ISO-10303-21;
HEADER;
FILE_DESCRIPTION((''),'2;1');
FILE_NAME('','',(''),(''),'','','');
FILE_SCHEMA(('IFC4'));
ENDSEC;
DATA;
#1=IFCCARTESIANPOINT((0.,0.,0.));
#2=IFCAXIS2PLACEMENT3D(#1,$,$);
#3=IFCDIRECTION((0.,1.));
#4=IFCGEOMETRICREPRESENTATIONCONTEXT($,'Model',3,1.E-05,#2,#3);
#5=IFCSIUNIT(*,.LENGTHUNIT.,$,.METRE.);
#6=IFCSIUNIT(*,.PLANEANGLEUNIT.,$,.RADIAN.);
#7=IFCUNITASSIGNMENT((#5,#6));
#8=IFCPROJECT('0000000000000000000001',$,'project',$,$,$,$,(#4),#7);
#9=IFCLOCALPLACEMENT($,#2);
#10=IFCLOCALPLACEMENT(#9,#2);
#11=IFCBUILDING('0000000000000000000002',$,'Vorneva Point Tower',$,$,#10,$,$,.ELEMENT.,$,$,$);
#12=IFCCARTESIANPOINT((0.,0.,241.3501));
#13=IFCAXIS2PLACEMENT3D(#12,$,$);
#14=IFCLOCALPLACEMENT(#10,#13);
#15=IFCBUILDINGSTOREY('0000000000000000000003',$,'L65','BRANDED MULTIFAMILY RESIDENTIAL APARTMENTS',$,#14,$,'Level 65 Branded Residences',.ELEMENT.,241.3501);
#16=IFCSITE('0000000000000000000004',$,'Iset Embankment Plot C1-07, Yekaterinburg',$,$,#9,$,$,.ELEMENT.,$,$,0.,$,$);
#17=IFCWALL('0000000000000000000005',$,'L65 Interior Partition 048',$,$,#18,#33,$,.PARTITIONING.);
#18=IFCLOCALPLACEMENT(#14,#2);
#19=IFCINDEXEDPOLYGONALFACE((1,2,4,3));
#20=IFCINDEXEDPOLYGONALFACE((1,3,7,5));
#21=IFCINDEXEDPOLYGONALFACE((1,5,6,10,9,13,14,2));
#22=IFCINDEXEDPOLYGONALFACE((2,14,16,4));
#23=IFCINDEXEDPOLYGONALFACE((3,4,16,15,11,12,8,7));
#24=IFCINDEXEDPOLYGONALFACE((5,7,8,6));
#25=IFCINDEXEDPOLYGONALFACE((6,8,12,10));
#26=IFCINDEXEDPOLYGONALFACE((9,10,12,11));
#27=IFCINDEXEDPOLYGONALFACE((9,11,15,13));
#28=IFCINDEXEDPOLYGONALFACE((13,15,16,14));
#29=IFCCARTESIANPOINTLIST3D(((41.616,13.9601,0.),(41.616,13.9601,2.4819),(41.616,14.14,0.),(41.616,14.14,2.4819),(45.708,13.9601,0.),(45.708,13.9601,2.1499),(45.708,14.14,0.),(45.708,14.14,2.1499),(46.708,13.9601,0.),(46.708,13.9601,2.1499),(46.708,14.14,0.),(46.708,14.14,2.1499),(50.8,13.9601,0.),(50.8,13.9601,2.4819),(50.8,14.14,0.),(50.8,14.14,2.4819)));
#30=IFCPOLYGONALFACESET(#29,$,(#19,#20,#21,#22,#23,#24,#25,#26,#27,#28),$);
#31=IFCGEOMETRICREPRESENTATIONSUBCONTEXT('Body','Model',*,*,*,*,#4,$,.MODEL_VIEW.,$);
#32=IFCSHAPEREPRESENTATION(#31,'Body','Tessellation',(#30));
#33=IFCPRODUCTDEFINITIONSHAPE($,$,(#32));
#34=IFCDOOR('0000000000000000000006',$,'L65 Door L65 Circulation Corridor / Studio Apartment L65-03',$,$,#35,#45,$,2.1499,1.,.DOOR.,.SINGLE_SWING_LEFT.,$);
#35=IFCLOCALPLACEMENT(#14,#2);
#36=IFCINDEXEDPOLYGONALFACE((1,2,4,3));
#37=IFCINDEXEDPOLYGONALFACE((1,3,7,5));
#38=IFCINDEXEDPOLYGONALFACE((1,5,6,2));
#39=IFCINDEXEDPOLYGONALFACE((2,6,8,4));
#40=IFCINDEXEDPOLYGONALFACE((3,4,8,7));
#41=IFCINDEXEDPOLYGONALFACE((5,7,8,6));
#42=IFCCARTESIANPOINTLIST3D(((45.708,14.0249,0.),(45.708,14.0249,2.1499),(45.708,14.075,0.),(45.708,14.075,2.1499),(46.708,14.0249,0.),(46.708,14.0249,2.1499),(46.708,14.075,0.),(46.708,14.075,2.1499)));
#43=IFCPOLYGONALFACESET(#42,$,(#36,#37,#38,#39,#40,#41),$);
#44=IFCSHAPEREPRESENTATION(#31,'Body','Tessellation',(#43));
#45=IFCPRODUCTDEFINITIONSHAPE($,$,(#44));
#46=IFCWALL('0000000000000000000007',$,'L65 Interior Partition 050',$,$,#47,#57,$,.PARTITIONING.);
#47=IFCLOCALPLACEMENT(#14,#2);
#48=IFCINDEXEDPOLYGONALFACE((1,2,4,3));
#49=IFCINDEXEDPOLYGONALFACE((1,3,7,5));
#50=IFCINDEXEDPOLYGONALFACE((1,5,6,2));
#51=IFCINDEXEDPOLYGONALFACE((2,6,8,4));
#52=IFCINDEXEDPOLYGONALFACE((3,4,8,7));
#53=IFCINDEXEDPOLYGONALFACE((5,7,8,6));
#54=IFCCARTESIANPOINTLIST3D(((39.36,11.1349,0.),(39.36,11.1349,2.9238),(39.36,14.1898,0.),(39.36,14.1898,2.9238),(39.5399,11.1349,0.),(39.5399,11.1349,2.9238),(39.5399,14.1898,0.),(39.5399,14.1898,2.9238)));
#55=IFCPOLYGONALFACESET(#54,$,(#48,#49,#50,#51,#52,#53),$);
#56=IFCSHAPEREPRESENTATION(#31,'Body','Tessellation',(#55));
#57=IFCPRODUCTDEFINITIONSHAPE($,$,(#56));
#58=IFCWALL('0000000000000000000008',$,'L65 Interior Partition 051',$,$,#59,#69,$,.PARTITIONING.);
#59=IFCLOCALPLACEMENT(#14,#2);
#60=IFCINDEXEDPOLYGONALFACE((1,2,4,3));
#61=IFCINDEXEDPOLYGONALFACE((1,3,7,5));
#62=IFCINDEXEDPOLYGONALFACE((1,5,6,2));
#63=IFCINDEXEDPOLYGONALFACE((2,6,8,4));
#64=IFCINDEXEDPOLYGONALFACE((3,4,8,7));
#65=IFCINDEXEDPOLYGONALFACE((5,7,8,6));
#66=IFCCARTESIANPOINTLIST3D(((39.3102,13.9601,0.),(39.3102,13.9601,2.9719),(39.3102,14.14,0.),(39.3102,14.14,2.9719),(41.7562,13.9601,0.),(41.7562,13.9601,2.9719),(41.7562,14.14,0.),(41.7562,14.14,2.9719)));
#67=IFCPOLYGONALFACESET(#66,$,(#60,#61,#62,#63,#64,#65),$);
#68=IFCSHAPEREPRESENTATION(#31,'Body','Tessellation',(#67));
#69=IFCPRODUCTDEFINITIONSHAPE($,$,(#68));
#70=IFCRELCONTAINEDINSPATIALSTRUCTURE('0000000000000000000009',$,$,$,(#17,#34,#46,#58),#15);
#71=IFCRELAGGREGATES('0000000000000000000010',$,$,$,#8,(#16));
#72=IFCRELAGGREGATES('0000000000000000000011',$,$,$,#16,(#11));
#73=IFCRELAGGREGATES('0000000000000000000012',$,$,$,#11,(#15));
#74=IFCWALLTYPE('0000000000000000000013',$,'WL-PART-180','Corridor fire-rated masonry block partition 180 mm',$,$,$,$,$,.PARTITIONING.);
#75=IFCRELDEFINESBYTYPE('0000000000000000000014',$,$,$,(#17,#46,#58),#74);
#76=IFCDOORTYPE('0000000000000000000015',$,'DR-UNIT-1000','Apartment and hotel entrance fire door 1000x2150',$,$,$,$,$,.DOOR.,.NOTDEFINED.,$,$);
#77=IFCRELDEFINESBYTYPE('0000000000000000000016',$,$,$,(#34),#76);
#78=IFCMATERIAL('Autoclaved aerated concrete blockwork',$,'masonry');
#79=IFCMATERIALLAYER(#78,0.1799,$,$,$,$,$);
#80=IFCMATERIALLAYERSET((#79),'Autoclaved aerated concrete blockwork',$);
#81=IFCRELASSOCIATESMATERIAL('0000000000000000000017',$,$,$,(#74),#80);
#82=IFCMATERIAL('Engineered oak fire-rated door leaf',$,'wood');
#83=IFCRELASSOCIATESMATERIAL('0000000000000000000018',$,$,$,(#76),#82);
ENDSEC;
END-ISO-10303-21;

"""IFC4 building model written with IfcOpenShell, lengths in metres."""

from ifc_helpers import new_model, si_unit, direction, frame, frame_2d, origin, place, context, subcontext, project, spatial, rectangle, extrude, material, layer, layer_set, type_object, element, fill, save


model = new_model("IFC4")

# Units and contexts
model_context = context("Model", 3, precision=1e-05, world=origin(), true_north=direction((0.0, 1.0)))
body_context = subcontext(model_context, "Body", "Model", "MODEL_VIEW")
ifc_project = project(units=[si_unit("LENGTHUNIT", "METRE"), si_unit("PLANEANGLEUNIT", "RADIAN")], contexts=[model_context])

# Site, building, storey
site_placement = place(None, origin())
site = spatial("IfcSite", under=ifc_project, at=site_placement, Name="Iset Embankment Plot C1-07, Yekaterinburg", CompositionType="ELEMENT", RefElevation=0.0)
building_placement = place(site_placement, origin())
building = spatial("IfcBuilding", under=site, at=building_placement, Name="Vorneva Point Tower", CompositionType="ELEMENT")
storey_placement = place(building_placement, frame((0.0, 0.0, 241.3501)))
storey = spatial("IfcBuildingStorey", under=building, at=storey_placement, Name="L65", Description="BRANDED MULTIFAMILY RESIDENTIAL APARTMENTS", LongName="Level 65 Branded Residences", CompositionType="ELEMENT", Elevation=241.3501)

# Shared definitions
ifc_material_1 = material(Name="Engineered oak fire-rated door leaf", Category="wood")

# Shared definitions
ifc_material_2 = material(Name="Autoclaved aerated concrete blockwork", Category="masonry")
ifc_layer_1 = layer(ifc_material_2, 0.1799)
ifc_layer_set_1 = layer_set([ifc_layer_1], Name="Autoclaved aerated concrete blockwork")
wall_type_1 = type_object("IfcWallType", Name="WL-PART-180", Description="Corridor fire-rated masonry block partition 180 mm", PredefinedType="PARTITIONING", material=ifc_layer_set_1)

# Wall, opening, door
wall_1_placement = place(storey_placement, frame((41.616, 14.05, 0.0), z_axis=(0.0, 0.0, 1.0), x_axis=(1.0, 0.0, 0.0)))
wall_1 = element("IfcWall", 1, at=wall_1_placement, inside=storey, type_object=wall_type_1, Name="L65 Interior Partition 048", PredefinedType="PARTITIONING", context=body_context, shape_type="SweptSolid", body=[
    extrude(rectangle(XDim=9.1841, YDim=0.1799, at=frame_2d((4.592, 0.0))), origin(), (0.0, 0.0, 1.0), 2.4819),
])
opening_1_placement = place(wall_1_placement, frame((4.092, 0.0, 0.0)))
opening_1 = element("IfcOpeningElement", 2, at=opening_1_placement, cuts=wall_1, PredefinedType="OPENING", context=body_context, shape_type="SweptSolid", body=[
    extrude(rectangle(XDim=1.0, YDim=2.1499, at=frame_2d((0.5, 1.075))), frame((0.0, 0.105, 0.0), z_axis=(0.0, -1.0, 0.0), x_axis=(1.0, 0.0, 0.0)), (0.0, 0.0, 1.0), 0.2097),
])
door_type_1 = type_object("IfcDoorType", Name="DR-UNIT-1000", Description="Apartment and hotel entrance fire door 1000x2150", OperationType="NOTDEFINED", PredefinedType="DOOR", material=ifc_material_1)
door_1_placement = place(opening_1_placement, origin())
door_1 = element("IfcDoor", 3, at=door_1_placement, inside=storey, type_object=door_type_1, Name="L65 Door L65 Circulation Corridor / Studio Apartment L65-03", OperationType="SINGLE_SWING_LEFT", OverallHeight=2.1499, OverallWidth=1.0, PredefinedType="DOOR", context=body_context, shape_type="SweptSolid", body=[
    extrude(rectangle(XDim=1.0, YDim=2.1499, at=frame_2d((0.5, 1.075))), frame((0.0, 0.0249, 0.0), z_axis=(0.0, -1.0, 0.0), x_axis=(1.0, 0.0, 0.0)), (0.0, 0.0, 1.0), 0.05),
])
fill(opening_1, door_1)

# Walls
wall_2_placement = place(storey_placement, frame((39.45, 11.135, 0.0), z_axis=(0.0, 0.0, 1.0), x_axis=(0.0, 1.0, 0.0)))
element("IfcWall", 4, at=wall_2_placement, inside=storey, type_object=wall_type_1, Name="L65 Interior Partition 050", PredefinedType="PARTITIONING", context=body_context, shape_type="SweptSolid", body=[
    extrude(rectangle(XDim=3.0549, YDim=0.1799, at=frame_2d((1.5273, 0.0))), origin(), (0.0, 0.0, 1.0), 2.9238),
])
wall_3_placement = place(storey_placement, frame((39.3101, 14.05, 0.0), z_axis=(0.0, 0.0, 1.0), x_axis=(1.0, 0.0, 0.0)))
element("IfcWall", 5, at=wall_3_placement, inside=storey, type_object=wall_type_1, Name="L65 Interior Partition 051", PredefinedType="PARTITIONING", context=body_context, shape_type="SweptSolid", body=[
    extrude(rectangle(XDim=2.446, YDim=0.1799, at=frame_2d((1.2231, 0.0))), origin(), (0.0, 0.0, 1.0), 2.9719),
])

save(model, "model.ifc")
